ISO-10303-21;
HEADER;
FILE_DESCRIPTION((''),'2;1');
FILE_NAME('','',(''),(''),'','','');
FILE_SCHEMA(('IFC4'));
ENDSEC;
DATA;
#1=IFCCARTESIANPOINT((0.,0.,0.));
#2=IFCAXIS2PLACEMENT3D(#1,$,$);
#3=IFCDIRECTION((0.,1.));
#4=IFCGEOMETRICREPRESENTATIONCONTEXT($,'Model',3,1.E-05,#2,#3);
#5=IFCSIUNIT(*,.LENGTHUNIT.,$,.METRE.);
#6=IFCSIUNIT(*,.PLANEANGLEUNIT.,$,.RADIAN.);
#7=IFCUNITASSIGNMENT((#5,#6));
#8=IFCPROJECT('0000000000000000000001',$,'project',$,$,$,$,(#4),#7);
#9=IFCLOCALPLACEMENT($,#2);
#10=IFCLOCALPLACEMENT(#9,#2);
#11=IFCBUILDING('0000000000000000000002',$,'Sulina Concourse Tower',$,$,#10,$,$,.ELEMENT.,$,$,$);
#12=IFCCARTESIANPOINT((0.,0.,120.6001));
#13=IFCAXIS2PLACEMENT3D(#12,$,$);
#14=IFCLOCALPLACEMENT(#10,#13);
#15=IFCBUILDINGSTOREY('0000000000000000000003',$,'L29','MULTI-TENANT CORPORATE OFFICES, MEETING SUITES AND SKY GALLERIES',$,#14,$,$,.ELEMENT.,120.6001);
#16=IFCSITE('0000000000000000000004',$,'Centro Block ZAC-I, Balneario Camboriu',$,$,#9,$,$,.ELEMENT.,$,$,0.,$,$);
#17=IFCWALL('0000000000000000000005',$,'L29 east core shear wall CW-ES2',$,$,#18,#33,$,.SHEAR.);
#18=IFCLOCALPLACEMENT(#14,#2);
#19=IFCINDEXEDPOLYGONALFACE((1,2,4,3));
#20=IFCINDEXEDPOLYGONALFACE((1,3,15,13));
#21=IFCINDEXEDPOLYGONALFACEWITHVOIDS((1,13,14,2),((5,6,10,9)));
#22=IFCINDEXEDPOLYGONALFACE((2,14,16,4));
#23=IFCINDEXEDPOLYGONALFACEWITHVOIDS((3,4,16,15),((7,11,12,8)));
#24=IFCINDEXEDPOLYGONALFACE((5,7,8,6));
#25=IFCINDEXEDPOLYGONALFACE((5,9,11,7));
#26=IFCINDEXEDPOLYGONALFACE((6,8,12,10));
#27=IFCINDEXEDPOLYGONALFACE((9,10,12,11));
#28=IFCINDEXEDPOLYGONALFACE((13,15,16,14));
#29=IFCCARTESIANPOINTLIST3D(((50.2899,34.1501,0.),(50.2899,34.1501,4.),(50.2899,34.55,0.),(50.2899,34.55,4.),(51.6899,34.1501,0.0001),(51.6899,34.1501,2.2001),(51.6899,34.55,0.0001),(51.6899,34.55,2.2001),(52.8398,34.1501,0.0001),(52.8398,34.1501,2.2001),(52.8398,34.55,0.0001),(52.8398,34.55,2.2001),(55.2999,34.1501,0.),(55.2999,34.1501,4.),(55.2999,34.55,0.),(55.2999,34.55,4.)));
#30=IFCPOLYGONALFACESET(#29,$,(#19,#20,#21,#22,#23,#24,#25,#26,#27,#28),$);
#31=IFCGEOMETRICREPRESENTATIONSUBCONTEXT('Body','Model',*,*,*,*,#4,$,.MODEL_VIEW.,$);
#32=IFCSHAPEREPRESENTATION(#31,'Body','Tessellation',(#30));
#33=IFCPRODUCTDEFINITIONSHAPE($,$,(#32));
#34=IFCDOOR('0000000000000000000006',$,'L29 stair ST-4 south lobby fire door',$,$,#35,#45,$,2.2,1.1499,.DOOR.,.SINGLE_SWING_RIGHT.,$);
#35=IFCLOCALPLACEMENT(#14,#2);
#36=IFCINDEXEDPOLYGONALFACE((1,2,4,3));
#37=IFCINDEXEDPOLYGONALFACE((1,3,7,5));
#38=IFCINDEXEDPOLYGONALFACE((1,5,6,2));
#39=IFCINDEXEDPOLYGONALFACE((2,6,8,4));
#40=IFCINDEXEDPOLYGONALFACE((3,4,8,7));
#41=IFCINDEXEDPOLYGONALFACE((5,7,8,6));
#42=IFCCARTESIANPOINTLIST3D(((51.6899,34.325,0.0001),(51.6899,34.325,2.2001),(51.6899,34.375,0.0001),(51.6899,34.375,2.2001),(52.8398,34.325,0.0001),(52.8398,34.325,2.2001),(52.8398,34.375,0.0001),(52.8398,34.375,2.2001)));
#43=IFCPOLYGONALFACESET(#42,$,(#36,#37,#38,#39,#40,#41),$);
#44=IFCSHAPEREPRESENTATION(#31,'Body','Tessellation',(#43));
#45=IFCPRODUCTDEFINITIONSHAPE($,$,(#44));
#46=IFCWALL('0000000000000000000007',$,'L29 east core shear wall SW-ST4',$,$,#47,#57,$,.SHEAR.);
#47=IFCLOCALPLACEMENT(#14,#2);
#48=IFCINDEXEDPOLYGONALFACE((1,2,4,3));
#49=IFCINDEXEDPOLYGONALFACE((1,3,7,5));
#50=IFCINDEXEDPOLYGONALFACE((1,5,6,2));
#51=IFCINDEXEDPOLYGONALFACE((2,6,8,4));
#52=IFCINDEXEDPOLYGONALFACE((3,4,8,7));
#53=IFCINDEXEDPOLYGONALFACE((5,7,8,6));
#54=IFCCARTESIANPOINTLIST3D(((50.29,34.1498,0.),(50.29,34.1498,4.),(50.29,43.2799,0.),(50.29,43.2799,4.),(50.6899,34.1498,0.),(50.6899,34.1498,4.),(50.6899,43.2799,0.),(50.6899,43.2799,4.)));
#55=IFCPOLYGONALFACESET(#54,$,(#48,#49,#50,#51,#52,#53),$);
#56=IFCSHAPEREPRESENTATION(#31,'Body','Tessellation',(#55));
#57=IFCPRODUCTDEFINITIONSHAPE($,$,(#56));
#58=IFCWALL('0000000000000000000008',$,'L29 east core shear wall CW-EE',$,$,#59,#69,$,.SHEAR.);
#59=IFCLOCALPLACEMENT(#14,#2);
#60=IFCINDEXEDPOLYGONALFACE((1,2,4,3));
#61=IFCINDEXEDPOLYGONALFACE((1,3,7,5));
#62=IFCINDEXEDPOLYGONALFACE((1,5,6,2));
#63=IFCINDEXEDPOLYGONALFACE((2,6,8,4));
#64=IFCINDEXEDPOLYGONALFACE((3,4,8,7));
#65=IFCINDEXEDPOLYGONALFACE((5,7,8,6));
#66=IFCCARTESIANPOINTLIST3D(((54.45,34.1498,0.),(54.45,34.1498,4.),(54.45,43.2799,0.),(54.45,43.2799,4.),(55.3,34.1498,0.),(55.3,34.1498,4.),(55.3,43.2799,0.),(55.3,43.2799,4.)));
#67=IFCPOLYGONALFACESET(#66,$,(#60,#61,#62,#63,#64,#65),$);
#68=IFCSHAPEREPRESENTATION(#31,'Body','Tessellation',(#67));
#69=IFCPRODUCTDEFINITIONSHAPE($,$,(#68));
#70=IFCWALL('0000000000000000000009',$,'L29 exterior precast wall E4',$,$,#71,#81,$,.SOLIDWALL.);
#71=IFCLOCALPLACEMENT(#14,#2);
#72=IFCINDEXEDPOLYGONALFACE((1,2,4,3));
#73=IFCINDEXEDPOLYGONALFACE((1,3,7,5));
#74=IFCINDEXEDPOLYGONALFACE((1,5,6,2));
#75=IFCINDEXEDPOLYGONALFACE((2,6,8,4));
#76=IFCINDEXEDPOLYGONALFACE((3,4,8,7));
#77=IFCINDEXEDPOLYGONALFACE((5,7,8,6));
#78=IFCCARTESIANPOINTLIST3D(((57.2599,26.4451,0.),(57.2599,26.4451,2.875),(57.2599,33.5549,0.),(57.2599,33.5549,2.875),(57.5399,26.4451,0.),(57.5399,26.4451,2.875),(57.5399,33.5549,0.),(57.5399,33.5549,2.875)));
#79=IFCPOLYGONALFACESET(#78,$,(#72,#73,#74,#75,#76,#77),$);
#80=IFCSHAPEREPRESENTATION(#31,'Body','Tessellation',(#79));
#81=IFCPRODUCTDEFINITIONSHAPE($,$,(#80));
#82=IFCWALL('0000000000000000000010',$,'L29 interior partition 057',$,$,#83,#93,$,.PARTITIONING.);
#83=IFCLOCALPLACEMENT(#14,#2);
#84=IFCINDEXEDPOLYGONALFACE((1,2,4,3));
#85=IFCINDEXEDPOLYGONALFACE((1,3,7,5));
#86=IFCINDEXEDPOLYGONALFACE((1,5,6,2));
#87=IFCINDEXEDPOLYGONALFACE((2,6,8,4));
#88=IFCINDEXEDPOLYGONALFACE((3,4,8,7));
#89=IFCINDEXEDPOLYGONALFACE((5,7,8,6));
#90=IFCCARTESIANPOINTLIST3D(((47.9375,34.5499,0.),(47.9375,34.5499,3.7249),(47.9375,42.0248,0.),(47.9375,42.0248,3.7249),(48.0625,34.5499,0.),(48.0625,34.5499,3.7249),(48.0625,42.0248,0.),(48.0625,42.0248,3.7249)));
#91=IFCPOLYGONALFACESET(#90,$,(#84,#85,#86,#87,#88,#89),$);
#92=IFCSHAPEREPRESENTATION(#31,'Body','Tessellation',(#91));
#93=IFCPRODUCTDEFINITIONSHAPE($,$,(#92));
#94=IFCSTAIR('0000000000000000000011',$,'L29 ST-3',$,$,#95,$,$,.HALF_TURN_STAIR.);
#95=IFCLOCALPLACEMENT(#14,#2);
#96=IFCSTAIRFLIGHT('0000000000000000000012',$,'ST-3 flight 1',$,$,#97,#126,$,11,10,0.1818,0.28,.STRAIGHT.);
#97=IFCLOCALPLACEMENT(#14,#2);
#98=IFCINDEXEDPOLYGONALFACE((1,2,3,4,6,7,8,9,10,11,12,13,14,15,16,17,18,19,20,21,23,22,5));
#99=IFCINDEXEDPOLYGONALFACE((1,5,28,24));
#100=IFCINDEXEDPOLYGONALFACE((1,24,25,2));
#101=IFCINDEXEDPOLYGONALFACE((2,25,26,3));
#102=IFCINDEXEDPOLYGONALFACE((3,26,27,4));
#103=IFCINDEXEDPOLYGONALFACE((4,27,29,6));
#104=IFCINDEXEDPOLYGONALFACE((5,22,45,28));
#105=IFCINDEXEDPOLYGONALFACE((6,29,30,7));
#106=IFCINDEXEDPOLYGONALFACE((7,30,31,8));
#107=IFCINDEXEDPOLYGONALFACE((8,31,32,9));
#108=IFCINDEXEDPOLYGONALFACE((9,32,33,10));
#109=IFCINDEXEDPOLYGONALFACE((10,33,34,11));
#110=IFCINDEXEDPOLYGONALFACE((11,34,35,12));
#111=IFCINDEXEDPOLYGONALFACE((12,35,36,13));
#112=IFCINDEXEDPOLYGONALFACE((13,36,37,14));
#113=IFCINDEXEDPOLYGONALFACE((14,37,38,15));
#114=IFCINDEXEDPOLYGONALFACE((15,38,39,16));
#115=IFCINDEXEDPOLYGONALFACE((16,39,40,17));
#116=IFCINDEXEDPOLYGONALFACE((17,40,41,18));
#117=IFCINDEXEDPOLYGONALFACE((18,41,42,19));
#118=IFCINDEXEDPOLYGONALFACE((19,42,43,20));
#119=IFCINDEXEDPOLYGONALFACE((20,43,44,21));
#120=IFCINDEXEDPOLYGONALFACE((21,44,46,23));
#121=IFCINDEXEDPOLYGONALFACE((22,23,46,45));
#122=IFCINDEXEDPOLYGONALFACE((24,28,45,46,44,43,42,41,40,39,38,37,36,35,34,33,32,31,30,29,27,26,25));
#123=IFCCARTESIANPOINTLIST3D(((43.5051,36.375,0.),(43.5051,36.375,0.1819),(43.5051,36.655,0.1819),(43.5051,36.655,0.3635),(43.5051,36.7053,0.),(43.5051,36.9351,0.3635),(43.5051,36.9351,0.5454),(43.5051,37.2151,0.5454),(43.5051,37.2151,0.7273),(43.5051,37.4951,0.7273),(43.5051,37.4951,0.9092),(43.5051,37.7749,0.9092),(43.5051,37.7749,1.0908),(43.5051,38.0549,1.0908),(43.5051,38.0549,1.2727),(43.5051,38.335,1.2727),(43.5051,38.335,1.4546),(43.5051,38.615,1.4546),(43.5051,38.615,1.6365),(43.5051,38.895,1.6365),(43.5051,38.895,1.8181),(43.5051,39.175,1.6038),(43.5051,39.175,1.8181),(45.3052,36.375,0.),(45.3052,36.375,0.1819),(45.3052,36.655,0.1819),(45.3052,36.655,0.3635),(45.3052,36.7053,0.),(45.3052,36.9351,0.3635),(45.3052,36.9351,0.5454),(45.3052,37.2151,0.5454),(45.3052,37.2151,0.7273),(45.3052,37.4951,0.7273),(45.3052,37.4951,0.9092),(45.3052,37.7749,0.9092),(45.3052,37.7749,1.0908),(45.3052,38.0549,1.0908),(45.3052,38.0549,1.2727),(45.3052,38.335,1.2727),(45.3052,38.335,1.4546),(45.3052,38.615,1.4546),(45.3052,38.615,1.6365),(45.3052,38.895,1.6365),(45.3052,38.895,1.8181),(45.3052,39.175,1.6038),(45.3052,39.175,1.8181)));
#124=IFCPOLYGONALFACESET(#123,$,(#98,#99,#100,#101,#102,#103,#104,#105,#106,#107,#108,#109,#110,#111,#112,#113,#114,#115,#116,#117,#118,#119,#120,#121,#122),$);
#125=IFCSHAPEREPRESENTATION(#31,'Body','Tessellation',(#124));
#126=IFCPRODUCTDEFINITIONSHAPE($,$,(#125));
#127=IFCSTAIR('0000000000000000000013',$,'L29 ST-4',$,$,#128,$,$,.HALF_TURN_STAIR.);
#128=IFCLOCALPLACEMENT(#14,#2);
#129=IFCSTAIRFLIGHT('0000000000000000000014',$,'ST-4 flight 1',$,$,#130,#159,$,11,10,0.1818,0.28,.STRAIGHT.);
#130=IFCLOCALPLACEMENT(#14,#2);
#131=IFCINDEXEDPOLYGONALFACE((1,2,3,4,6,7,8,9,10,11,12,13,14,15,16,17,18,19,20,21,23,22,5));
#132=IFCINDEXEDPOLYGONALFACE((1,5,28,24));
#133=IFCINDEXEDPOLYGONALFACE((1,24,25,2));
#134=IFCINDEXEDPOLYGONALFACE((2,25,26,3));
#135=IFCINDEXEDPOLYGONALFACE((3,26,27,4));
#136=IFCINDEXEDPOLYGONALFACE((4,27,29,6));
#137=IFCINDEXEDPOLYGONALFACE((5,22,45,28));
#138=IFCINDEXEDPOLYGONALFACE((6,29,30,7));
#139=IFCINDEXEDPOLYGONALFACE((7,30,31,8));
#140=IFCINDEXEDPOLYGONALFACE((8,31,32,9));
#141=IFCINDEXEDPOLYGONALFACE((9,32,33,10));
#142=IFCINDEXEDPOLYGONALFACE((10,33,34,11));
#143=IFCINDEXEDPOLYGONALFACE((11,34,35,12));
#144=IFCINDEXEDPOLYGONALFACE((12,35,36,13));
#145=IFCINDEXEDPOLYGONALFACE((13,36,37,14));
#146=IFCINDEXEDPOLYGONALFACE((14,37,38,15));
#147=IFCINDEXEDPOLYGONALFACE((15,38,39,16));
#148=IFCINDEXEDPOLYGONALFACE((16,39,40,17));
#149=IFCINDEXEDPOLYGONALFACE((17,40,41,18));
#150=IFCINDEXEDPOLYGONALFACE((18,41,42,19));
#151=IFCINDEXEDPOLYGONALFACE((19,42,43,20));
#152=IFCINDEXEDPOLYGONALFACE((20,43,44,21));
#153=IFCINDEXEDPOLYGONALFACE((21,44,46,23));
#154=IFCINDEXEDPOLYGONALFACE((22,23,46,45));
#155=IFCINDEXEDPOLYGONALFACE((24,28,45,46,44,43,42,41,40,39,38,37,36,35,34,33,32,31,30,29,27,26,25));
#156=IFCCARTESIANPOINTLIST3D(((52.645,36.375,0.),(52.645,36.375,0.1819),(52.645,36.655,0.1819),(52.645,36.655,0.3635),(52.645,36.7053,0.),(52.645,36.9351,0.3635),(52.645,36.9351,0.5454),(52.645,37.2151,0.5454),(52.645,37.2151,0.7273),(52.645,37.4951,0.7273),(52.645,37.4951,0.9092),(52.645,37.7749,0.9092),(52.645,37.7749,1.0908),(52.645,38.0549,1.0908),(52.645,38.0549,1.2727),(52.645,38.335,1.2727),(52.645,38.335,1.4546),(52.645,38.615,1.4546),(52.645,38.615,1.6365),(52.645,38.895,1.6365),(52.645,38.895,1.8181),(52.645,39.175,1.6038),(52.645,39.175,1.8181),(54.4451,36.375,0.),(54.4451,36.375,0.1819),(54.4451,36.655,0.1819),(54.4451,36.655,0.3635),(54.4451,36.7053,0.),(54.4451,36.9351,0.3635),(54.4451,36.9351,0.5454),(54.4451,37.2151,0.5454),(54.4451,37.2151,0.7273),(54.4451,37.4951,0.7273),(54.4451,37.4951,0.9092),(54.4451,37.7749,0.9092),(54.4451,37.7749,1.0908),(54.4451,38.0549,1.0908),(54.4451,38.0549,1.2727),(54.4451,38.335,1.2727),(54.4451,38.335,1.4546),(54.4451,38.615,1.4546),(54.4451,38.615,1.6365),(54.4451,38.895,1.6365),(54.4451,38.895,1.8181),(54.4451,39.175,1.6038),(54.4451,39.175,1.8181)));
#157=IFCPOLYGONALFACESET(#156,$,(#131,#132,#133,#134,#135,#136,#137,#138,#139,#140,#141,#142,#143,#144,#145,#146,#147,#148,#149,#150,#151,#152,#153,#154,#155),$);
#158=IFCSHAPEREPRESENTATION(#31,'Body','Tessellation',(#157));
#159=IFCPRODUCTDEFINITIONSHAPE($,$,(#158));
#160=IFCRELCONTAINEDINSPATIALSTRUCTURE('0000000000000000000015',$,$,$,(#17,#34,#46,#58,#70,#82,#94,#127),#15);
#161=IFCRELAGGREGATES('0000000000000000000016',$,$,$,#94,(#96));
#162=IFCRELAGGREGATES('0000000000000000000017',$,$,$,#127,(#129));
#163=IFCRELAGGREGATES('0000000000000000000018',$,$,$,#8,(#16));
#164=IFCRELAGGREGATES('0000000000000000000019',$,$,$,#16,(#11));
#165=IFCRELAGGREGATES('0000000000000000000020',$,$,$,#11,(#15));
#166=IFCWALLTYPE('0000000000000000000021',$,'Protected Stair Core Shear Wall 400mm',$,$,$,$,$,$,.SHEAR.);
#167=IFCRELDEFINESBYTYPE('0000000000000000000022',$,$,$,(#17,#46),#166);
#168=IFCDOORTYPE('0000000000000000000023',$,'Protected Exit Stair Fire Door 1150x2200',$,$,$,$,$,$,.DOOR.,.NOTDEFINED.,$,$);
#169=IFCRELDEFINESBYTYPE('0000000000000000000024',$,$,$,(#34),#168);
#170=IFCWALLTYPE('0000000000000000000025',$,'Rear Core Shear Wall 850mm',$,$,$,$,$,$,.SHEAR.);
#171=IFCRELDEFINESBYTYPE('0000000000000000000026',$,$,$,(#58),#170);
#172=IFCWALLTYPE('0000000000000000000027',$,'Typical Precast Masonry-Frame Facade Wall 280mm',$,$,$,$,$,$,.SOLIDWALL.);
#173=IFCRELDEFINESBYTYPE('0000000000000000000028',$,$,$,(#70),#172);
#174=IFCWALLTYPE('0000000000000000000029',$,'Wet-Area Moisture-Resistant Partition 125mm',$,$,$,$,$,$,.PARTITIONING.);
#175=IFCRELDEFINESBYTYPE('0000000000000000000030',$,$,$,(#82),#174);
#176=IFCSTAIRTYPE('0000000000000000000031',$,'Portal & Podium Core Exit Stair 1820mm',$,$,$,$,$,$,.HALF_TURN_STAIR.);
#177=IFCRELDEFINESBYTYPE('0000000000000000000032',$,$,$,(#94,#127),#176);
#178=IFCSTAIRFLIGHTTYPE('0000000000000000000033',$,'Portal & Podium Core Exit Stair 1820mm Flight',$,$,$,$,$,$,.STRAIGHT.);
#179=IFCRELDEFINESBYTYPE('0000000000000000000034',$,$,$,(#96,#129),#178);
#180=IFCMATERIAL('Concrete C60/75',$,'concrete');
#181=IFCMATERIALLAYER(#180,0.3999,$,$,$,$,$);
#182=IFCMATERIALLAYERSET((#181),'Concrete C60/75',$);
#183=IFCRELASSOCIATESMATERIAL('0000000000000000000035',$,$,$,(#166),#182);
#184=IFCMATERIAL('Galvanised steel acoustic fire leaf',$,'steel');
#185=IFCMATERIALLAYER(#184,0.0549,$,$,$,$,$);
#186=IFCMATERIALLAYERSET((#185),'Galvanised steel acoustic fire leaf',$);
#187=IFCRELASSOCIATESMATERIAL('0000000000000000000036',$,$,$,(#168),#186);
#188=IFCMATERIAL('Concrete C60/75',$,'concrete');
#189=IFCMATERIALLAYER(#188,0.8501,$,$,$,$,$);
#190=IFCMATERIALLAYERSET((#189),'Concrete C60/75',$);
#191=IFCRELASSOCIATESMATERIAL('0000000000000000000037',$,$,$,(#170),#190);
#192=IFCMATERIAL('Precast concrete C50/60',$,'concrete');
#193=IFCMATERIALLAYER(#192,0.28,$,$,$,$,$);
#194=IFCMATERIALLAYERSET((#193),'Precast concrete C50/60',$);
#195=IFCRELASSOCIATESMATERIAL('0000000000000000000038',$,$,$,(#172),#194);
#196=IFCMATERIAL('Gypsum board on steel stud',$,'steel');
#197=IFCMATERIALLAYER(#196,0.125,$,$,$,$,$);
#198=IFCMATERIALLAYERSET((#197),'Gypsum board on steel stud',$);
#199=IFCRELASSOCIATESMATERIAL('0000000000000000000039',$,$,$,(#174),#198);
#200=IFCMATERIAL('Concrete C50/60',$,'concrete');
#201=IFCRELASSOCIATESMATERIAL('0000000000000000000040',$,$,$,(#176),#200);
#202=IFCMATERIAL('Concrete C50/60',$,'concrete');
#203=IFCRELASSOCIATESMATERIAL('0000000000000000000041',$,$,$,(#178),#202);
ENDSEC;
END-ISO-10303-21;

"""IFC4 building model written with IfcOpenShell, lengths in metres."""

from ifc_helpers import new_model, si_unit, direction, frame, frame_2d, origin, place, context, subcontext, project, spatial, polyline, rectangle, outline, extrude, material, layer, layer_set, type_object, element, fill, aggregate, save


model = new_model("IFC4")

# Units and contexts
model_context = context("Model", 3, precision=1e-05, world=origin(), true_north=direction((0.0, 1.0)))
body_context = subcontext(model_context, "Body", "Model", "MODEL_VIEW")
ifc_project = project(units=[si_unit("LENGTHUNIT", "METRE"), si_unit("PLANEANGLEUNIT", "RADIAN")], contexts=[model_context])

# Site, building, storey
site_placement = place(None, origin())
site = spatial("IfcSite", under=ifc_project, at=site_placement, Name="Centro Block ZAC-I, Balneario Camboriu", CompositionType="ELEMENT", RefElevation=0.0)
building_placement = place(site_placement, origin())
building = spatial("IfcBuilding", under=site, at=building_placement, Name="Sulina Concourse Tower", CompositionType="ELEMENT")
storey_placement = place(building_placement, frame((0.0, 0.0, 120.6001)))
storey = spatial("IfcBuildingStorey", under=building, at=storey_placement, Name="L29", Description="MULTI-TENANT CORPORATE OFFICES, MEETING SUITES AND SKY GALLERIES", CompositionType="ELEMENT", Elevation=120.6001)

# Shared definitions
ifc_material_1 = material(Name="Concrete C60/75", Category="concrete")
ifc_layer_1 = layer(ifc_material_1, 0.3999)
ifc_layer_set_1 = layer_set([ifc_layer_1], Name="Concrete C60/75")
wall_type_1 = type_object("IfcWallType", Name="Protected Stair Core Shear Wall 400mm", PredefinedType="SHEAR", material=ifc_layer_set_1)

# Wall, opening, door
wall_1_placement = place(storey_placement, frame((50.29, 34.3501, 0.0), z_axis=(0.0, 0.0, 1.0), x_axis=(1.0, 0.0, 0.0)))
wall_1 = element("IfcWall", 1, at=wall_1_placement, inside=storey, type_object=wall_type_1, Name="L29 east core shear wall CW-ES2", PredefinedType="SHEAR", context=body_context, shape_type="SweptSolid", body=[
    extrude(rectangle(XDim=5.01, YDim=0.3999, at=frame_2d((2.5049, 0.0))), origin(), (0.0, 0.0, 1.0), 4.0),
])
opening_1_placement = place(wall_1_placement, frame((1.3999, 0.0, 0.0)))
opening_1 = element("IfcOpeningElement", 2, at=opening_1_placement, cuts=wall_1, PredefinedType="OPENING", context=body_context, shape_type="SweptSolid", body=[
    extrude(rectangle(XDim=1.1499, YDim=2.2, at=frame_2d((0.575, 1.1001))), frame((0.0, 0.21, 0.0), z_axis=(0.0, -1.0, 0.0), x_axis=(1.0, 0.0, 0.0)), (0.0, 0.0, 1.0), 0.4199),
])
ifc_material_2 = material(Name="Galvanised steel acoustic fire leaf", Category="steel")
ifc_layer_2 = layer(ifc_material_2, 0.0549)
ifc_layer_set_2 = layer_set([ifc_layer_2], Name="Galvanised steel acoustic fire leaf")
door_type_1 = type_object("IfcDoorType", Name="Protected Exit Stair Fire Door 1150x2200", OperationType="NOTDEFINED", PredefinedType="DOOR", material=ifc_layer_set_2)
door_1_placement = place(opening_1_placement, origin())
door_1 = element("IfcDoor", 3, at=door_1_placement, inside=storey, type_object=door_type_1, Name="L29 stair ST-4 south lobby fire door", OperationType="SINGLE_SWING_RIGHT", OverallHeight=2.2, OverallWidth=1.1499, PredefinedType="DOOR", context=body_context, shape_type="SweptSolid", body=[
    extrude(rectangle(XDim=1.1499, YDim=2.2, at=frame_2d((0.575, 1.1001))), frame((0.0, 0.0249, 0.0), z_axis=(0.0, -1.0, 0.0), x_axis=(1.0, 0.0, 0.0)), (0.0, 0.0, 1.0), 0.05),
])
fill(opening_1, door_1)

# Walls
wall_2_placement = place(storey_placement, frame((50.49, 34.1499, 0.0), z_axis=(0.0, 0.0, 1.0), x_axis=(0.0, 1.0, 0.0)))
element("IfcWall", 4, at=wall_2_placement, inside=storey, type_object=wall_type_1, Name="L29 east core shear wall SW-ST4", PredefinedType="SHEAR", context=body_context, shape_type="SweptSolid", body=[
    extrude(rectangle(XDim=9.1301, YDim=0.3999, at=frame_2d((4.5649, 0.0))), origin(), (0.0, 0.0, 1.0), 4.0),
])
ifc_material_3 = material(Name="Concrete C60/75", Category="concrete")
ifc_layer_3 = layer(ifc_material_3, 0.8501)
ifc_layer_set_3 = layer_set([ifc_layer_3], Name="Concrete C60/75")
wall_type_2 = type_object("IfcWallType", Name="Rear Core Shear Wall 850mm", PredefinedType="SHEAR", material=ifc_layer_set_3)
wall_3_placement = place(storey_placement, frame((54.875, 34.1499, 0.0), z_axis=(0.0, 0.0, 1.0), x_axis=(0.0, 1.0, 0.0)))
element("IfcWall", 5, at=wall_3_placement, inside=storey, type_object=wall_type_2, Name="L29 east core shear wall CW-EE", PredefinedType="SHEAR", context=body_context, shape_type="SweptSolid", body=[
    extrude(rectangle(XDim=9.1301, YDim=0.8501, at=frame_2d((4.5649, 0.0))), origin(), (0.0, 0.0, 1.0), 4.0),
])
ifc_material_4 = material(Name="Precast concrete C50/60", Category="concrete")
ifc_layer_4 = layer(ifc_material_4, 0.28)
ifc_layer_set_4 = layer_set([ifc_layer_4], Name="Precast concrete C50/60")
wall_type_3 = type_object("IfcWallType", Name="Typical Precast Masonry-Frame Facade Wall 280mm", PredefinedType="SOLIDWALL", material=ifc_layer_set_4)
wall_4_placement = place(storey_placement, frame((57.3999, 33.5549, 0.0), z_axis=(0.0, 0.0, 1.0), x_axis=(0.0, -1.0, 0.0)))
element("IfcWall", 6, at=wall_4_placement, inside=storey, type_object=wall_type_3, Name="L29 exterior precast wall E4", PredefinedType="SOLIDWALL", context=body_context, shape_type="SweptSolid", body=[
    extrude(rectangle(XDim=7.1099, YDim=0.28, at=frame_2d((3.5549, 0.0))), origin(), (0.0, 0.0, 1.0), 2.875),
])
ifc_material_5 = material(Name="Gypsum board on steel stud", Category="steel")
ifc_layer_5 = layer(ifc_material_5, 0.125)
ifc_layer_set_5 = layer_set([ifc_layer_5], Name="Gypsum board on steel stud")
wall_type_4 = type_object("IfcWallType", Name="Wet-Area Moisture-Resistant Partition 125mm", PredefinedType="PARTITIONING", material=ifc_layer_set_5)
wall_5_placement = place(storey_placement, frame((48.0, 34.55, 0.0), z_axis=(0.0, 0.0, 1.0), x_axis=(0.0, 1.0, 0.0)))
element("IfcWall", 7, at=wall_5_placement, inside=storey, type_object=wall_type_4, Name="L29 interior partition 057", PredefinedType="PARTITIONING", context=body_context, shape_type="SweptSolid", body=[
    extrude(rectangle(XDim=7.4749, YDim=0.125, at=frame_2d((3.7373, 0.0))), origin(), (0.0, 0.0, 1.0), 3.7249),
])

# Stairs, stair flights
ifc_material_6 = material(Name="Concrete C50/60", Category="concrete")
stair_type = type_object("IfcStairType", Name="Portal & Podium Core Exit Stair 1820mm", PredefinedType="HALF_TURN_STAIR", material=ifc_material_6)
stair_1_placement = place(storey_placement, origin())
stair_1 = element("IfcStair", 8, at=stair_1_placement, inside=storey, type_object=stair_type, Name="L29 ST-3", PredefinedType="HALF_TURN_STAIR")
ifc_material_7 = material(Name="Concrete C50/60", Category="concrete")
stair_flight_type = type_object("IfcStairFlightType", Name="Portal & Podium Core Exit Stair 1820mm Flight", PredefinedType="STRAIGHT", material=ifc_material_7)
stair_flight_1_placement = place(storey_placement, frame((44.405, 36.375, 0.0), z_axis=(0.0, 0.0, 1.0), x_axis=(0.0, 1.0, 0.0)))
stair_flight_1 = element("IfcStairFlight", 9, at=stair_flight_1_placement, type_object=stair_flight_type, Name="ST-3 flight 1", NumberOfRisers=11, NumberOfTreads=10, PredefinedType="STRAIGHT", RiserHeight=0.1818, TreadLength=0.28, context=body_context, shape_type="SweptSolid", body=[
    extrude(outline(polyline([(0.0, 0.0), (0.0, 0.1819), (0.28, 0.1819), (0.28, 0.3635), (0.5601, 0.3635), (0.5601, 0.5454), (0.8401, 0.5454), (0.8401, 0.7273), (1.1201, 0.7273), (1.1201, 0.9092), (1.3999, 0.9092), (1.3999, 1.0908), (1.6799, 1.0908), (1.6799, 1.2727), (1.96, 1.2727), (1.96, 1.4546), (2.24, 1.4546), (2.24, 1.6365), (2.52, 1.6365), (2.52, 1.8181), (2.8, 1.8181), (2.8, 2.0), (2.8, 1.6038), (0.3303, 0.0), (0.0, 0.0)])), frame((0.0, 0.8999, 0.0), z_axis=(0.0, -1.0, 0.0), x_axis=(1.0, 0.0, 0.0)), (0.0, 0.0, 1.0), 1.8),
])
aggregate(stair_1, [stair_flight_1])
stair_2_placement = place(storey_placement, origin())
stair_2 = element("IfcStair", 10, at=stair_2_placement, inside=storey, type_object=stair_type, Name="L29 ST-4", PredefinedType="HALF_TURN_STAIR")
stair_flight_2_placement = place(storey_placement, frame((53.5449, 36.375, 0.0), z_axis=(0.0, 0.0, 1.0), x_axis=(0.0, 1.0, 0.0)))
stair_flight_2 = element("IfcStairFlight", 11, at=stair_flight_2_placement, type_object=stair_flight_type, Name="ST-4 flight 1", NumberOfRisers=11, NumberOfTreads=10, PredefinedType="STRAIGHT", RiserHeight=0.1818, TreadLength=0.28, context=body_context, shape_type="SweptSolid", body=[
    extrude(outline(polyline([(0.0, 0.0), (0.0, 0.1819), (0.28, 0.1819), (0.28, 0.3635), (0.5601, 0.3635), (0.5601, 0.5454), (0.8401, 0.5454), (0.8401, 0.7273), (1.1201, 0.7273), (1.1201, 0.9092), (1.3999, 0.9092), (1.3999, 1.0908), (1.6799, 1.0908), (1.6799, 1.2727), (1.96, 1.2727), (1.96, 1.4546), (2.24, 1.4546), (2.24, 1.6365), (2.52, 1.6365), (2.52, 1.8181), (2.8, 1.8181), (2.8, 2.0), (2.8, 1.6038), (0.3303, 0.0), (0.0, 0.0)])), frame((0.0, 0.8999, 0.0), z_axis=(0.0, -1.0, 0.0), x_axis=(1.0, 0.0, 0.0)), (0.0, 0.0, 1.0), 1.8),
])
aggregate(stair_2, [stair_flight_2])

save(model, "model.ifc")
